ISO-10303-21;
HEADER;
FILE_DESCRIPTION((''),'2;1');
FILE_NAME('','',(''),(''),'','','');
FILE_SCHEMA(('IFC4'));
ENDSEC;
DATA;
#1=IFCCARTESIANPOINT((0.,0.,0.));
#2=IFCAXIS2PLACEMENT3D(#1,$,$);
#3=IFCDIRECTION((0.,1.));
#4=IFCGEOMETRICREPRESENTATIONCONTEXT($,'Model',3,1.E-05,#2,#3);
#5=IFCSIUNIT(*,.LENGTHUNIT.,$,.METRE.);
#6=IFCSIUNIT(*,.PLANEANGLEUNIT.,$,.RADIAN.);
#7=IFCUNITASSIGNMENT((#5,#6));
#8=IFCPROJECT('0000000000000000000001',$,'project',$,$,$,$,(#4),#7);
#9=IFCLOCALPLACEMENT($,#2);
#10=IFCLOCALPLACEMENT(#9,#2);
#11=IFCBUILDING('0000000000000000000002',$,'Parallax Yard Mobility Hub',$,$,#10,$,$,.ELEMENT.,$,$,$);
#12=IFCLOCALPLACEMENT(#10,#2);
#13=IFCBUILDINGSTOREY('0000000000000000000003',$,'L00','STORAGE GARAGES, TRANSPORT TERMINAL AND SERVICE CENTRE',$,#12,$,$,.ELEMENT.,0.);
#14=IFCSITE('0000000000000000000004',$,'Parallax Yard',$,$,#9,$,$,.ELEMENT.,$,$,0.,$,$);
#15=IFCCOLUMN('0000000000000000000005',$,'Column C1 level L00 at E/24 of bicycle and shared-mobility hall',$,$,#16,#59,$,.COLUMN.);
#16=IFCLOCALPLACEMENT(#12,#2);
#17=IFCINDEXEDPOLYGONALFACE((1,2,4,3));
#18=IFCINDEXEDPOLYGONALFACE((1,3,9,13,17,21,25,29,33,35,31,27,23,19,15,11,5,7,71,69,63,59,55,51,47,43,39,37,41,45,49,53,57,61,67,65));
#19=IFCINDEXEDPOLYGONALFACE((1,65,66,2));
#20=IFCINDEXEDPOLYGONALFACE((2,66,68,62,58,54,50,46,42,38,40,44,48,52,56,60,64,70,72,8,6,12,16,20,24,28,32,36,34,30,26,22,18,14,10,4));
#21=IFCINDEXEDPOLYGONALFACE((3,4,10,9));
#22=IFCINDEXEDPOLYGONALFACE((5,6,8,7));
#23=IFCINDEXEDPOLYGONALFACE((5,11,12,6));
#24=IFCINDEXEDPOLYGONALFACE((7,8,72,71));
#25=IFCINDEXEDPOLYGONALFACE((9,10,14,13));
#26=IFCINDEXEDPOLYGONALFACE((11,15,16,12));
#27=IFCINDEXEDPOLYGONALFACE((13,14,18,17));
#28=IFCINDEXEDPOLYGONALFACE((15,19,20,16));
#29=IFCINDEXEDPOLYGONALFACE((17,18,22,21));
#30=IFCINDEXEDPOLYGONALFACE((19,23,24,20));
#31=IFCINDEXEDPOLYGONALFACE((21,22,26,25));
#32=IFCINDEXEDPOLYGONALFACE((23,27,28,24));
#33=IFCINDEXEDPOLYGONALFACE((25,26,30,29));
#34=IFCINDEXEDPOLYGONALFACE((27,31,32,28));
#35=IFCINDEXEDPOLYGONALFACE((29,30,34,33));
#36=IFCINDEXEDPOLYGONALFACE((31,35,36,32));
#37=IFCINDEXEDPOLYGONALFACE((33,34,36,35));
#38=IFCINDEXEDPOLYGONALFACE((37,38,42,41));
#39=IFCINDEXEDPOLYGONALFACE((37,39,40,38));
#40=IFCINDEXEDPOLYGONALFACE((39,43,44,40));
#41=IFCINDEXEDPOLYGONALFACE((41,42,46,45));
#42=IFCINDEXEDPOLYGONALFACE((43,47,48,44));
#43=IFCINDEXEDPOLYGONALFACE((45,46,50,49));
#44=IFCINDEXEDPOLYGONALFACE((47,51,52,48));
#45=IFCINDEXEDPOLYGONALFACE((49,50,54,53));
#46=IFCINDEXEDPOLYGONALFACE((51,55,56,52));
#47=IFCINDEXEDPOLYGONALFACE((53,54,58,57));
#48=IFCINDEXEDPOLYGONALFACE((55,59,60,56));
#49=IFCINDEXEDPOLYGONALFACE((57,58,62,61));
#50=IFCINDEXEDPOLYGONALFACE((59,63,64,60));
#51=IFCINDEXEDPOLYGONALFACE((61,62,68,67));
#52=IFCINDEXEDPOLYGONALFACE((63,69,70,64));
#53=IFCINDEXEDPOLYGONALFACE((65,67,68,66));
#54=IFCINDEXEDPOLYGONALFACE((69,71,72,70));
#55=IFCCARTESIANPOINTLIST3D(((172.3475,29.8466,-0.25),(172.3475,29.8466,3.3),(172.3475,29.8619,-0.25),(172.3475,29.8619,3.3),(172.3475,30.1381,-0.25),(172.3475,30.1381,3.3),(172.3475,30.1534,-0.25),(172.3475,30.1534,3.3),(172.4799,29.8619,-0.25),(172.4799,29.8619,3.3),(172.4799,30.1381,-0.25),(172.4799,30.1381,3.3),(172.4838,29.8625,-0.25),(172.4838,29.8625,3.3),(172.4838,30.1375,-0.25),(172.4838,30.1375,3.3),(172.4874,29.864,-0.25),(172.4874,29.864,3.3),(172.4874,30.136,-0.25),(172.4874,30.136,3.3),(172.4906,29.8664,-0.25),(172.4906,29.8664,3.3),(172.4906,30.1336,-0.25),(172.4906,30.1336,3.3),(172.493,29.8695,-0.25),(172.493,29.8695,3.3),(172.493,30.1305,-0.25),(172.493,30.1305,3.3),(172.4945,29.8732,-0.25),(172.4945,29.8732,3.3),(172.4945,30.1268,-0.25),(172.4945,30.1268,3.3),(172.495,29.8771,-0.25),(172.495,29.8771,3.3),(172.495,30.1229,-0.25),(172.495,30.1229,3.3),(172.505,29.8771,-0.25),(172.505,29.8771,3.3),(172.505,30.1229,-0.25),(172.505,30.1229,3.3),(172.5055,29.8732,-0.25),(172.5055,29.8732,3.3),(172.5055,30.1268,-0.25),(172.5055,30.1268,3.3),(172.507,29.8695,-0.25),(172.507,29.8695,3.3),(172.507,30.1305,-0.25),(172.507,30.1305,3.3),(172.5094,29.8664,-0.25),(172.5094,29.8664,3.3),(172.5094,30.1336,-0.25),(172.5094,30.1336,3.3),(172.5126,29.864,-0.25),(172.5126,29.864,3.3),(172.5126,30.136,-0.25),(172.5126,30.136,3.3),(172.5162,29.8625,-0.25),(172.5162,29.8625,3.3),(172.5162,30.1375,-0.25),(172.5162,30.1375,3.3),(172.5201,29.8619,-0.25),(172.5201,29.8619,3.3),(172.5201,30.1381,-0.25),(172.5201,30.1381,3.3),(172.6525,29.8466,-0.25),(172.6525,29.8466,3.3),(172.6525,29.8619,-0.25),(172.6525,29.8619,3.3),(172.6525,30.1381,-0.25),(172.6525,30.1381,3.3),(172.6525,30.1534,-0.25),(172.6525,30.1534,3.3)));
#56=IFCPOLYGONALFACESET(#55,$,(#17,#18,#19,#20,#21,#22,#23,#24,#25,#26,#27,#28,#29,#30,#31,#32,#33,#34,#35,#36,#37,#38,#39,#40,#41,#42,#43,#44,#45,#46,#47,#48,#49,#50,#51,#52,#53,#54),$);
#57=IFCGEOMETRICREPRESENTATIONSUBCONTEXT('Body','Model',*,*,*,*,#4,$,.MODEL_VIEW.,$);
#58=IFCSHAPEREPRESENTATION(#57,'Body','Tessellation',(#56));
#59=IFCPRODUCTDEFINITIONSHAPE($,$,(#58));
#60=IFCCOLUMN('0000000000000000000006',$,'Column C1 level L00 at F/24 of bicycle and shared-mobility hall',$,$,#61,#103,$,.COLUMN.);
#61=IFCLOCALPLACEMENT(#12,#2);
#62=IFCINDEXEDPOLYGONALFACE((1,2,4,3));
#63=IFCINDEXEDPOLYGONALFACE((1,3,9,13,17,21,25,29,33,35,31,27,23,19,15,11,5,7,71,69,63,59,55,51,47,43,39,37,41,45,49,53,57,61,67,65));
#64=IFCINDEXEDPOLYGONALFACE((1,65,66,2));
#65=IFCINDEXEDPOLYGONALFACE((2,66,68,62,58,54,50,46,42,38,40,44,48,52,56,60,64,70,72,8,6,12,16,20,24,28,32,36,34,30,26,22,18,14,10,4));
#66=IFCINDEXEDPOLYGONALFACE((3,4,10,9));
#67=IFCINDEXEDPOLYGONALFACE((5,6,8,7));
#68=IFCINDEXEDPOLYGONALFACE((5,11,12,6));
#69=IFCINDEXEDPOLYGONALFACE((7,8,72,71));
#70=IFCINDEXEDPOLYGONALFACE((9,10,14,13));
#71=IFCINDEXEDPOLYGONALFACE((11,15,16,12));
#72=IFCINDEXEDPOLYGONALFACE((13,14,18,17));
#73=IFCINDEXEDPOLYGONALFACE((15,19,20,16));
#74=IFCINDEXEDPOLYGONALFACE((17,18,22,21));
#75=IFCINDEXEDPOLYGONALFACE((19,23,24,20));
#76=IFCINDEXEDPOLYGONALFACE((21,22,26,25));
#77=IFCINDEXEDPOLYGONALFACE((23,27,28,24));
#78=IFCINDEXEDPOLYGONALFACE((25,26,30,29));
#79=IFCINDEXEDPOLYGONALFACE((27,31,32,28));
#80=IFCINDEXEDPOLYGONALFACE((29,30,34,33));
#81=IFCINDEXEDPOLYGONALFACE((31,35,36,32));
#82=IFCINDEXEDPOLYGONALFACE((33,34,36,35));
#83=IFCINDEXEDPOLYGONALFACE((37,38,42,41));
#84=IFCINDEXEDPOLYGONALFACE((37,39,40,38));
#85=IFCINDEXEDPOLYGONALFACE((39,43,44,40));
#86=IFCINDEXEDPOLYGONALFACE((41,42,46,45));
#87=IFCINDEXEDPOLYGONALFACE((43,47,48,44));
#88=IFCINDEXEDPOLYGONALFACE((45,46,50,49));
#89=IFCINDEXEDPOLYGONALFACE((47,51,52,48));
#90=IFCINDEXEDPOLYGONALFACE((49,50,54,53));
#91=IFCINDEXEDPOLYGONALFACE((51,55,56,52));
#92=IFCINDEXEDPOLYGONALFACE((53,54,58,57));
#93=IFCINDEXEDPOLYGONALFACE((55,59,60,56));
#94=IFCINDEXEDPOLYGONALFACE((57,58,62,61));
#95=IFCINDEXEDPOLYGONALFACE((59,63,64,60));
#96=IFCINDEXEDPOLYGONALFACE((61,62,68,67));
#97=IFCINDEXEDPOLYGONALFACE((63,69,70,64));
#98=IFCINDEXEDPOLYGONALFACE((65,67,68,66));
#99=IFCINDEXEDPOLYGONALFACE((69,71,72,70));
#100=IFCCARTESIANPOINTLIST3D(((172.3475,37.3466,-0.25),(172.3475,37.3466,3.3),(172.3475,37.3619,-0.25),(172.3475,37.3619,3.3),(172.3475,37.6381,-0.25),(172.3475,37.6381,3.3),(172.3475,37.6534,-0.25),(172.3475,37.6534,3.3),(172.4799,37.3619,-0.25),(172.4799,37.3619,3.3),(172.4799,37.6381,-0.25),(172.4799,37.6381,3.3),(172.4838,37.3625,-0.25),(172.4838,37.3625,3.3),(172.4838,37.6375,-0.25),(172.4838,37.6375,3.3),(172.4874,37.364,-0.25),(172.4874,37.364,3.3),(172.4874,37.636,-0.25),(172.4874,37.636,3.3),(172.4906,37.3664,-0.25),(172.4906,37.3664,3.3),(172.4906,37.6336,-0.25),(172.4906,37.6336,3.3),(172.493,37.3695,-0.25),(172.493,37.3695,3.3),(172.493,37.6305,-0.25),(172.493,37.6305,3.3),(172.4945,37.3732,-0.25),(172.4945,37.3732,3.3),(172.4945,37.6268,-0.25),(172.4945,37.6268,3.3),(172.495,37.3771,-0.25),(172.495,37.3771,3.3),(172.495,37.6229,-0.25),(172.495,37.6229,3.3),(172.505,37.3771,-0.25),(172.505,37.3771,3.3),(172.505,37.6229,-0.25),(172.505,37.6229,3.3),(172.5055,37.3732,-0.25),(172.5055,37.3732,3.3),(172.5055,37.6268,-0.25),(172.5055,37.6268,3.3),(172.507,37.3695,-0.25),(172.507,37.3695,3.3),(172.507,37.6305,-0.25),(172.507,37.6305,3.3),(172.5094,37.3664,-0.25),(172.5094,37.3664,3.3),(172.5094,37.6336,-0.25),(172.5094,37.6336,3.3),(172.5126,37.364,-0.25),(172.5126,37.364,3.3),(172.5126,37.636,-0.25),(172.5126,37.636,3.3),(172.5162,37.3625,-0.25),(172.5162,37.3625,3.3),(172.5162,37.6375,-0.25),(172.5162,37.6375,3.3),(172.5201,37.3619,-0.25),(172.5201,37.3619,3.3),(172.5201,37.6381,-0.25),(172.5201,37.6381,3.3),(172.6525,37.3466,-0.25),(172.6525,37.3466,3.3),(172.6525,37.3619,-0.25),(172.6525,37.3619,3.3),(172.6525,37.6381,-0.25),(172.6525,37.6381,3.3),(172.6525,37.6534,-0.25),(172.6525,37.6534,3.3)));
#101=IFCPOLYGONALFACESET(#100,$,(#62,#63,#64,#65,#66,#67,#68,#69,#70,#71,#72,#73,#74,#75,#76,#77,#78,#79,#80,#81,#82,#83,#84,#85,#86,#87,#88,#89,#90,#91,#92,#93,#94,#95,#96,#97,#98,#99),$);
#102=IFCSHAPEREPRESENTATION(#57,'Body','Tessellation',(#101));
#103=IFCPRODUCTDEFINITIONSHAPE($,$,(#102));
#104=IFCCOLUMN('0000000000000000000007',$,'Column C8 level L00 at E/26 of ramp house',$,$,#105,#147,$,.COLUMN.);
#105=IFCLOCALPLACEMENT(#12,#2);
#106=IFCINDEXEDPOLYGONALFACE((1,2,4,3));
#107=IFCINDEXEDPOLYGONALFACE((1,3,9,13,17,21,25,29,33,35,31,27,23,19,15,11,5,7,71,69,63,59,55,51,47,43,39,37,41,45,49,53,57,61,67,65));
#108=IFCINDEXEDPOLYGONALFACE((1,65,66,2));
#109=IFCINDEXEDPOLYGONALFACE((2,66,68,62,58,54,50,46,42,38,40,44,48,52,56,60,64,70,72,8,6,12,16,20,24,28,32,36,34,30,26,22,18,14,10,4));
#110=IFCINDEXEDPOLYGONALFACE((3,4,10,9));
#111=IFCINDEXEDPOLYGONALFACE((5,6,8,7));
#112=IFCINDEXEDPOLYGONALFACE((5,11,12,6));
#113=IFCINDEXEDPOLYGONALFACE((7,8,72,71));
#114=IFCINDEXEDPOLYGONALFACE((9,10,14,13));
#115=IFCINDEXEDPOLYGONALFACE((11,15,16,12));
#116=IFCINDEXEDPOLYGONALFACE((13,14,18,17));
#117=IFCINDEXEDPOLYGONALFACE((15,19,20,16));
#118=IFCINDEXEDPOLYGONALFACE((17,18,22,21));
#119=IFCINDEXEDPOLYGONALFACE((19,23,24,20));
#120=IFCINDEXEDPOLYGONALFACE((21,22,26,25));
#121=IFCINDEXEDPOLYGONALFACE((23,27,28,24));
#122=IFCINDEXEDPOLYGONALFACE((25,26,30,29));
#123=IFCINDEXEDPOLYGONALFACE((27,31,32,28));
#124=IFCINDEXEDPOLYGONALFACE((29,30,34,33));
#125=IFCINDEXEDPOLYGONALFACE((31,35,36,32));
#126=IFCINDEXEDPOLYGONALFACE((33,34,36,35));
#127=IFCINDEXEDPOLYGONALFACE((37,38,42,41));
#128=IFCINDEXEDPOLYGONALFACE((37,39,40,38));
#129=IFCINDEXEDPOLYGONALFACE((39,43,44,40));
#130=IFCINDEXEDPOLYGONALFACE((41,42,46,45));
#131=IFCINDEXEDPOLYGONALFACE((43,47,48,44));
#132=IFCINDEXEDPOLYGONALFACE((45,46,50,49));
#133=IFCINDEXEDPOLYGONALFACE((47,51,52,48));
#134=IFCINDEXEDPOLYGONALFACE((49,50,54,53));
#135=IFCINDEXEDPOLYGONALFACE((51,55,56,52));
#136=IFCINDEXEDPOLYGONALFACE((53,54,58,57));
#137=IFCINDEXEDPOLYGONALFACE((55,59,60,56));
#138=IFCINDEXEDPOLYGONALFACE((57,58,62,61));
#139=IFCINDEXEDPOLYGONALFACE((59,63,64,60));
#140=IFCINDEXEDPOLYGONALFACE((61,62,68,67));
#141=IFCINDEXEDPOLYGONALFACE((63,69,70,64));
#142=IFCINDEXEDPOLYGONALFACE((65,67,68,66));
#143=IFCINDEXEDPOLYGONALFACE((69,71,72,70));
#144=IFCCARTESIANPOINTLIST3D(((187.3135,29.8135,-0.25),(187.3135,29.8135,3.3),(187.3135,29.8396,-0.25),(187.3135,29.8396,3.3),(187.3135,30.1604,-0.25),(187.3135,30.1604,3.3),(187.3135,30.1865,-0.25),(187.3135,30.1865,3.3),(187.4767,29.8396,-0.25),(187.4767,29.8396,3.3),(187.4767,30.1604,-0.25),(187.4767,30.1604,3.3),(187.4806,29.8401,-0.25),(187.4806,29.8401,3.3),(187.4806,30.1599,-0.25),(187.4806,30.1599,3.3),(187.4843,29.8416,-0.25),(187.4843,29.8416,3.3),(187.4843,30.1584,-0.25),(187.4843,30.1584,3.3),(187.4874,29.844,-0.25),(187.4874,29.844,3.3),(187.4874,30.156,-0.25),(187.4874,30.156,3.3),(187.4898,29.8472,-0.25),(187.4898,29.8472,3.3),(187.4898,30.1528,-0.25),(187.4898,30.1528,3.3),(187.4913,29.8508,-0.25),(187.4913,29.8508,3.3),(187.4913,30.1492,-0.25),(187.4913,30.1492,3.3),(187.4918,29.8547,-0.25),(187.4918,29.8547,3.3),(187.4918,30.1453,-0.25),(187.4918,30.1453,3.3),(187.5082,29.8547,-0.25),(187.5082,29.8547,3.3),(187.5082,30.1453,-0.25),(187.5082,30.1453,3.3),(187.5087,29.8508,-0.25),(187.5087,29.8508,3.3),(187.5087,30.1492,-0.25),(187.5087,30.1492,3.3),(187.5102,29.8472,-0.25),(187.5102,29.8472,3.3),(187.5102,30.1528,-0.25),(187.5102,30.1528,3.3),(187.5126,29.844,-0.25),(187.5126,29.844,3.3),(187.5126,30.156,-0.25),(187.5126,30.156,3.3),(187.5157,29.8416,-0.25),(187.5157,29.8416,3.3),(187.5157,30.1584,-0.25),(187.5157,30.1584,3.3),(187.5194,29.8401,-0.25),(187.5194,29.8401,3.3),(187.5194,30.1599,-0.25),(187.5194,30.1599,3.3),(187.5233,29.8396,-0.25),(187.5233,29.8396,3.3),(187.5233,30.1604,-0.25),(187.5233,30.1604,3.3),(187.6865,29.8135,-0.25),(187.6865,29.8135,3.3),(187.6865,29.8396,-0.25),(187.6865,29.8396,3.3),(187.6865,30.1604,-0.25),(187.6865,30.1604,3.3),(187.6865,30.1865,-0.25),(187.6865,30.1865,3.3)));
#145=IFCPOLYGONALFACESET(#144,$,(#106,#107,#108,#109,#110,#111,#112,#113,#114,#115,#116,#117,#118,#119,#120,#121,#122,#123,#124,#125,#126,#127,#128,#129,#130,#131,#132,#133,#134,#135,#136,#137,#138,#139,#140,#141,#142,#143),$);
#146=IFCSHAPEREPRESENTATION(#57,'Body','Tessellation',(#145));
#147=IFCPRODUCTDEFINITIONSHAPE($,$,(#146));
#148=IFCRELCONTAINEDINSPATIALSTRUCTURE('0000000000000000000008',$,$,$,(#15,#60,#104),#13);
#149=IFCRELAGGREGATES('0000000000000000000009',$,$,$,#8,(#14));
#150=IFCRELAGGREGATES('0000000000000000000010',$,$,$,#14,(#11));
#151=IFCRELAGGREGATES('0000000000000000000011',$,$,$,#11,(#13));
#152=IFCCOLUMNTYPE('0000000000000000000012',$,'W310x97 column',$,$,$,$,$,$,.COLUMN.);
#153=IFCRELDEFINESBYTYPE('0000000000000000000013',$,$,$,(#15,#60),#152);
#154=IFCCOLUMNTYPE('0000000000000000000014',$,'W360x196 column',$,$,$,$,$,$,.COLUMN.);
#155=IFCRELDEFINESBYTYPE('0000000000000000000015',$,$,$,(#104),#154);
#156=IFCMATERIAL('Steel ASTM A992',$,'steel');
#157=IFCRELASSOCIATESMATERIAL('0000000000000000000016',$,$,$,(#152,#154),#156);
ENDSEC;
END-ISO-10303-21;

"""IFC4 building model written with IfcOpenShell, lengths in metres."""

from ifc_helpers import new_model, si_unit, direction, frame, origin, origin_2d, place, context, subcontext, project, spatial, i_section, extrude, material, material_profile, profile_set, type_object, element, save


model = new_model("IFC4")

# Units and contexts
model_context = context("Model", 3, precision=1e-05, world=origin(), true_north=direction((0.0, 1.0)))
body_context = subcontext(model_context, "Body", "Model", "MODEL_VIEW")
ifc_project = project(units=[si_unit("LENGTHUNIT", "METRE"), si_unit("PLANEANGLEUNIT", "RADIAN")], contexts=[model_context])

# Site, building, storey
site_placement = place(None, origin())
site = spatial("IfcSite", under=ifc_project, at=site_placement, Name="Parallax Yard", CompositionType="ELEMENT", RefElevation=0.0)
building_placement = place(site_placement, origin())
building = spatial("IfcBuilding", under=site, at=building_placement, Name="Parallax Yard Mobility Hub", CompositionType="ELEMENT")
storey_placement = place(building_placement, origin())
storey = spatial("IfcBuildingStorey", under=building, at=storey_placement, Name="L00", Description="STORAGE GARAGES, TRANSPORT TERMINAL AND SERVICE CENTRE", CompositionType="ELEMENT", Elevation=0.0)

# Columns
ifc_material_1 = material(Name="Steel ASTM A992", Category="steel")
ifc_material_profile_1 = material_profile(ifc_material_1, i_section(OverallWidth=0.3049, OverallDepth=0.3069, WebThickness=0.01, FlangeThickness=0.0154, FilletRadius=0.0151, at=origin_2d()), Name="W310x97")
ifc_profile_set_1 = profile_set([ifc_material_profile_1], Name="Steel ASTM A992")
column_type_1 = type_object("IfcColumnType", Name="W310x97 column", PredefinedType="COLUMN", material=ifc_profile_set_1)
for number, where, z_axis, x_axis, name in (
    (1, (172.5, 30.0, -0.25), (0.0, 0.0, 1.0), (1.0, 0.0, 0.0), "Column C1 level L00 at E/24 of bicycle and shared-mobility hall"),
    (2, (172.5, 37.5, -0.25), (0.0, 0.0, 1.0), (1.0, 0.0, 0.0), "Column C1 level L00 at F/24 of bicycle and shared-mobility hall"),
):
    element("IfcColumn", number, at=place(storey_placement, frame(where, z_axis=z_axis, x_axis=x_axis)), inside=storey, type_object=column_type_1, Name=name, PredefinedType="COLUMN", context=body_context, shape_type="SweptSolid", body=[
        extrude(i_section(OverallWidth=0.3049, OverallDepth=0.3069, WebThickness=0.01, FlangeThickness=0.0154, FilletRadius=0.0151, at=origin_2d()), origin(), (0.0, 0.0, 1.0), 3.55),
    ])
ifc_material_profile_2 = material_profile(ifc_material_1, i_section(OverallWidth=0.373, OverallDepth=0.373, WebThickness=0.0164, FlangeThickness=0.0261, FilletRadius=0.0151, at=origin_2d()), Name="W360x196")
ifc_profile_set_2 = profile_set([ifc_material_profile_2], Name="Steel ASTM A992")
column_type_2 = type_object("IfcColumnType", Name="W360x196 column", PredefinedType="COLUMN", material=ifc_profile_set_2)
column_placement = place(storey_placement, frame((187.5, 30.0, -0.25), z_axis=(0.0, 0.0, 1.0), x_axis=(1.0, 0.0, 0.0)))
element("IfcColumn", 3, at=column_placement, inside=storey, type_object=column_type_2, Name="Column C8 level L00 at E/26 of ramp house", PredefinedType="COLUMN", context=body_context, shape_type="SweptSolid", body=[
    extrude(i_section(OverallWidth=0.373, OverallDepth=0.373, WebThickness=0.0164, FlangeThickness=0.0261, FilletRadius=0.0151, at=origin_2d()), origin(), (0.0, 0.0, 1.0), 3.55),
])

save(model, "model.ifc")
